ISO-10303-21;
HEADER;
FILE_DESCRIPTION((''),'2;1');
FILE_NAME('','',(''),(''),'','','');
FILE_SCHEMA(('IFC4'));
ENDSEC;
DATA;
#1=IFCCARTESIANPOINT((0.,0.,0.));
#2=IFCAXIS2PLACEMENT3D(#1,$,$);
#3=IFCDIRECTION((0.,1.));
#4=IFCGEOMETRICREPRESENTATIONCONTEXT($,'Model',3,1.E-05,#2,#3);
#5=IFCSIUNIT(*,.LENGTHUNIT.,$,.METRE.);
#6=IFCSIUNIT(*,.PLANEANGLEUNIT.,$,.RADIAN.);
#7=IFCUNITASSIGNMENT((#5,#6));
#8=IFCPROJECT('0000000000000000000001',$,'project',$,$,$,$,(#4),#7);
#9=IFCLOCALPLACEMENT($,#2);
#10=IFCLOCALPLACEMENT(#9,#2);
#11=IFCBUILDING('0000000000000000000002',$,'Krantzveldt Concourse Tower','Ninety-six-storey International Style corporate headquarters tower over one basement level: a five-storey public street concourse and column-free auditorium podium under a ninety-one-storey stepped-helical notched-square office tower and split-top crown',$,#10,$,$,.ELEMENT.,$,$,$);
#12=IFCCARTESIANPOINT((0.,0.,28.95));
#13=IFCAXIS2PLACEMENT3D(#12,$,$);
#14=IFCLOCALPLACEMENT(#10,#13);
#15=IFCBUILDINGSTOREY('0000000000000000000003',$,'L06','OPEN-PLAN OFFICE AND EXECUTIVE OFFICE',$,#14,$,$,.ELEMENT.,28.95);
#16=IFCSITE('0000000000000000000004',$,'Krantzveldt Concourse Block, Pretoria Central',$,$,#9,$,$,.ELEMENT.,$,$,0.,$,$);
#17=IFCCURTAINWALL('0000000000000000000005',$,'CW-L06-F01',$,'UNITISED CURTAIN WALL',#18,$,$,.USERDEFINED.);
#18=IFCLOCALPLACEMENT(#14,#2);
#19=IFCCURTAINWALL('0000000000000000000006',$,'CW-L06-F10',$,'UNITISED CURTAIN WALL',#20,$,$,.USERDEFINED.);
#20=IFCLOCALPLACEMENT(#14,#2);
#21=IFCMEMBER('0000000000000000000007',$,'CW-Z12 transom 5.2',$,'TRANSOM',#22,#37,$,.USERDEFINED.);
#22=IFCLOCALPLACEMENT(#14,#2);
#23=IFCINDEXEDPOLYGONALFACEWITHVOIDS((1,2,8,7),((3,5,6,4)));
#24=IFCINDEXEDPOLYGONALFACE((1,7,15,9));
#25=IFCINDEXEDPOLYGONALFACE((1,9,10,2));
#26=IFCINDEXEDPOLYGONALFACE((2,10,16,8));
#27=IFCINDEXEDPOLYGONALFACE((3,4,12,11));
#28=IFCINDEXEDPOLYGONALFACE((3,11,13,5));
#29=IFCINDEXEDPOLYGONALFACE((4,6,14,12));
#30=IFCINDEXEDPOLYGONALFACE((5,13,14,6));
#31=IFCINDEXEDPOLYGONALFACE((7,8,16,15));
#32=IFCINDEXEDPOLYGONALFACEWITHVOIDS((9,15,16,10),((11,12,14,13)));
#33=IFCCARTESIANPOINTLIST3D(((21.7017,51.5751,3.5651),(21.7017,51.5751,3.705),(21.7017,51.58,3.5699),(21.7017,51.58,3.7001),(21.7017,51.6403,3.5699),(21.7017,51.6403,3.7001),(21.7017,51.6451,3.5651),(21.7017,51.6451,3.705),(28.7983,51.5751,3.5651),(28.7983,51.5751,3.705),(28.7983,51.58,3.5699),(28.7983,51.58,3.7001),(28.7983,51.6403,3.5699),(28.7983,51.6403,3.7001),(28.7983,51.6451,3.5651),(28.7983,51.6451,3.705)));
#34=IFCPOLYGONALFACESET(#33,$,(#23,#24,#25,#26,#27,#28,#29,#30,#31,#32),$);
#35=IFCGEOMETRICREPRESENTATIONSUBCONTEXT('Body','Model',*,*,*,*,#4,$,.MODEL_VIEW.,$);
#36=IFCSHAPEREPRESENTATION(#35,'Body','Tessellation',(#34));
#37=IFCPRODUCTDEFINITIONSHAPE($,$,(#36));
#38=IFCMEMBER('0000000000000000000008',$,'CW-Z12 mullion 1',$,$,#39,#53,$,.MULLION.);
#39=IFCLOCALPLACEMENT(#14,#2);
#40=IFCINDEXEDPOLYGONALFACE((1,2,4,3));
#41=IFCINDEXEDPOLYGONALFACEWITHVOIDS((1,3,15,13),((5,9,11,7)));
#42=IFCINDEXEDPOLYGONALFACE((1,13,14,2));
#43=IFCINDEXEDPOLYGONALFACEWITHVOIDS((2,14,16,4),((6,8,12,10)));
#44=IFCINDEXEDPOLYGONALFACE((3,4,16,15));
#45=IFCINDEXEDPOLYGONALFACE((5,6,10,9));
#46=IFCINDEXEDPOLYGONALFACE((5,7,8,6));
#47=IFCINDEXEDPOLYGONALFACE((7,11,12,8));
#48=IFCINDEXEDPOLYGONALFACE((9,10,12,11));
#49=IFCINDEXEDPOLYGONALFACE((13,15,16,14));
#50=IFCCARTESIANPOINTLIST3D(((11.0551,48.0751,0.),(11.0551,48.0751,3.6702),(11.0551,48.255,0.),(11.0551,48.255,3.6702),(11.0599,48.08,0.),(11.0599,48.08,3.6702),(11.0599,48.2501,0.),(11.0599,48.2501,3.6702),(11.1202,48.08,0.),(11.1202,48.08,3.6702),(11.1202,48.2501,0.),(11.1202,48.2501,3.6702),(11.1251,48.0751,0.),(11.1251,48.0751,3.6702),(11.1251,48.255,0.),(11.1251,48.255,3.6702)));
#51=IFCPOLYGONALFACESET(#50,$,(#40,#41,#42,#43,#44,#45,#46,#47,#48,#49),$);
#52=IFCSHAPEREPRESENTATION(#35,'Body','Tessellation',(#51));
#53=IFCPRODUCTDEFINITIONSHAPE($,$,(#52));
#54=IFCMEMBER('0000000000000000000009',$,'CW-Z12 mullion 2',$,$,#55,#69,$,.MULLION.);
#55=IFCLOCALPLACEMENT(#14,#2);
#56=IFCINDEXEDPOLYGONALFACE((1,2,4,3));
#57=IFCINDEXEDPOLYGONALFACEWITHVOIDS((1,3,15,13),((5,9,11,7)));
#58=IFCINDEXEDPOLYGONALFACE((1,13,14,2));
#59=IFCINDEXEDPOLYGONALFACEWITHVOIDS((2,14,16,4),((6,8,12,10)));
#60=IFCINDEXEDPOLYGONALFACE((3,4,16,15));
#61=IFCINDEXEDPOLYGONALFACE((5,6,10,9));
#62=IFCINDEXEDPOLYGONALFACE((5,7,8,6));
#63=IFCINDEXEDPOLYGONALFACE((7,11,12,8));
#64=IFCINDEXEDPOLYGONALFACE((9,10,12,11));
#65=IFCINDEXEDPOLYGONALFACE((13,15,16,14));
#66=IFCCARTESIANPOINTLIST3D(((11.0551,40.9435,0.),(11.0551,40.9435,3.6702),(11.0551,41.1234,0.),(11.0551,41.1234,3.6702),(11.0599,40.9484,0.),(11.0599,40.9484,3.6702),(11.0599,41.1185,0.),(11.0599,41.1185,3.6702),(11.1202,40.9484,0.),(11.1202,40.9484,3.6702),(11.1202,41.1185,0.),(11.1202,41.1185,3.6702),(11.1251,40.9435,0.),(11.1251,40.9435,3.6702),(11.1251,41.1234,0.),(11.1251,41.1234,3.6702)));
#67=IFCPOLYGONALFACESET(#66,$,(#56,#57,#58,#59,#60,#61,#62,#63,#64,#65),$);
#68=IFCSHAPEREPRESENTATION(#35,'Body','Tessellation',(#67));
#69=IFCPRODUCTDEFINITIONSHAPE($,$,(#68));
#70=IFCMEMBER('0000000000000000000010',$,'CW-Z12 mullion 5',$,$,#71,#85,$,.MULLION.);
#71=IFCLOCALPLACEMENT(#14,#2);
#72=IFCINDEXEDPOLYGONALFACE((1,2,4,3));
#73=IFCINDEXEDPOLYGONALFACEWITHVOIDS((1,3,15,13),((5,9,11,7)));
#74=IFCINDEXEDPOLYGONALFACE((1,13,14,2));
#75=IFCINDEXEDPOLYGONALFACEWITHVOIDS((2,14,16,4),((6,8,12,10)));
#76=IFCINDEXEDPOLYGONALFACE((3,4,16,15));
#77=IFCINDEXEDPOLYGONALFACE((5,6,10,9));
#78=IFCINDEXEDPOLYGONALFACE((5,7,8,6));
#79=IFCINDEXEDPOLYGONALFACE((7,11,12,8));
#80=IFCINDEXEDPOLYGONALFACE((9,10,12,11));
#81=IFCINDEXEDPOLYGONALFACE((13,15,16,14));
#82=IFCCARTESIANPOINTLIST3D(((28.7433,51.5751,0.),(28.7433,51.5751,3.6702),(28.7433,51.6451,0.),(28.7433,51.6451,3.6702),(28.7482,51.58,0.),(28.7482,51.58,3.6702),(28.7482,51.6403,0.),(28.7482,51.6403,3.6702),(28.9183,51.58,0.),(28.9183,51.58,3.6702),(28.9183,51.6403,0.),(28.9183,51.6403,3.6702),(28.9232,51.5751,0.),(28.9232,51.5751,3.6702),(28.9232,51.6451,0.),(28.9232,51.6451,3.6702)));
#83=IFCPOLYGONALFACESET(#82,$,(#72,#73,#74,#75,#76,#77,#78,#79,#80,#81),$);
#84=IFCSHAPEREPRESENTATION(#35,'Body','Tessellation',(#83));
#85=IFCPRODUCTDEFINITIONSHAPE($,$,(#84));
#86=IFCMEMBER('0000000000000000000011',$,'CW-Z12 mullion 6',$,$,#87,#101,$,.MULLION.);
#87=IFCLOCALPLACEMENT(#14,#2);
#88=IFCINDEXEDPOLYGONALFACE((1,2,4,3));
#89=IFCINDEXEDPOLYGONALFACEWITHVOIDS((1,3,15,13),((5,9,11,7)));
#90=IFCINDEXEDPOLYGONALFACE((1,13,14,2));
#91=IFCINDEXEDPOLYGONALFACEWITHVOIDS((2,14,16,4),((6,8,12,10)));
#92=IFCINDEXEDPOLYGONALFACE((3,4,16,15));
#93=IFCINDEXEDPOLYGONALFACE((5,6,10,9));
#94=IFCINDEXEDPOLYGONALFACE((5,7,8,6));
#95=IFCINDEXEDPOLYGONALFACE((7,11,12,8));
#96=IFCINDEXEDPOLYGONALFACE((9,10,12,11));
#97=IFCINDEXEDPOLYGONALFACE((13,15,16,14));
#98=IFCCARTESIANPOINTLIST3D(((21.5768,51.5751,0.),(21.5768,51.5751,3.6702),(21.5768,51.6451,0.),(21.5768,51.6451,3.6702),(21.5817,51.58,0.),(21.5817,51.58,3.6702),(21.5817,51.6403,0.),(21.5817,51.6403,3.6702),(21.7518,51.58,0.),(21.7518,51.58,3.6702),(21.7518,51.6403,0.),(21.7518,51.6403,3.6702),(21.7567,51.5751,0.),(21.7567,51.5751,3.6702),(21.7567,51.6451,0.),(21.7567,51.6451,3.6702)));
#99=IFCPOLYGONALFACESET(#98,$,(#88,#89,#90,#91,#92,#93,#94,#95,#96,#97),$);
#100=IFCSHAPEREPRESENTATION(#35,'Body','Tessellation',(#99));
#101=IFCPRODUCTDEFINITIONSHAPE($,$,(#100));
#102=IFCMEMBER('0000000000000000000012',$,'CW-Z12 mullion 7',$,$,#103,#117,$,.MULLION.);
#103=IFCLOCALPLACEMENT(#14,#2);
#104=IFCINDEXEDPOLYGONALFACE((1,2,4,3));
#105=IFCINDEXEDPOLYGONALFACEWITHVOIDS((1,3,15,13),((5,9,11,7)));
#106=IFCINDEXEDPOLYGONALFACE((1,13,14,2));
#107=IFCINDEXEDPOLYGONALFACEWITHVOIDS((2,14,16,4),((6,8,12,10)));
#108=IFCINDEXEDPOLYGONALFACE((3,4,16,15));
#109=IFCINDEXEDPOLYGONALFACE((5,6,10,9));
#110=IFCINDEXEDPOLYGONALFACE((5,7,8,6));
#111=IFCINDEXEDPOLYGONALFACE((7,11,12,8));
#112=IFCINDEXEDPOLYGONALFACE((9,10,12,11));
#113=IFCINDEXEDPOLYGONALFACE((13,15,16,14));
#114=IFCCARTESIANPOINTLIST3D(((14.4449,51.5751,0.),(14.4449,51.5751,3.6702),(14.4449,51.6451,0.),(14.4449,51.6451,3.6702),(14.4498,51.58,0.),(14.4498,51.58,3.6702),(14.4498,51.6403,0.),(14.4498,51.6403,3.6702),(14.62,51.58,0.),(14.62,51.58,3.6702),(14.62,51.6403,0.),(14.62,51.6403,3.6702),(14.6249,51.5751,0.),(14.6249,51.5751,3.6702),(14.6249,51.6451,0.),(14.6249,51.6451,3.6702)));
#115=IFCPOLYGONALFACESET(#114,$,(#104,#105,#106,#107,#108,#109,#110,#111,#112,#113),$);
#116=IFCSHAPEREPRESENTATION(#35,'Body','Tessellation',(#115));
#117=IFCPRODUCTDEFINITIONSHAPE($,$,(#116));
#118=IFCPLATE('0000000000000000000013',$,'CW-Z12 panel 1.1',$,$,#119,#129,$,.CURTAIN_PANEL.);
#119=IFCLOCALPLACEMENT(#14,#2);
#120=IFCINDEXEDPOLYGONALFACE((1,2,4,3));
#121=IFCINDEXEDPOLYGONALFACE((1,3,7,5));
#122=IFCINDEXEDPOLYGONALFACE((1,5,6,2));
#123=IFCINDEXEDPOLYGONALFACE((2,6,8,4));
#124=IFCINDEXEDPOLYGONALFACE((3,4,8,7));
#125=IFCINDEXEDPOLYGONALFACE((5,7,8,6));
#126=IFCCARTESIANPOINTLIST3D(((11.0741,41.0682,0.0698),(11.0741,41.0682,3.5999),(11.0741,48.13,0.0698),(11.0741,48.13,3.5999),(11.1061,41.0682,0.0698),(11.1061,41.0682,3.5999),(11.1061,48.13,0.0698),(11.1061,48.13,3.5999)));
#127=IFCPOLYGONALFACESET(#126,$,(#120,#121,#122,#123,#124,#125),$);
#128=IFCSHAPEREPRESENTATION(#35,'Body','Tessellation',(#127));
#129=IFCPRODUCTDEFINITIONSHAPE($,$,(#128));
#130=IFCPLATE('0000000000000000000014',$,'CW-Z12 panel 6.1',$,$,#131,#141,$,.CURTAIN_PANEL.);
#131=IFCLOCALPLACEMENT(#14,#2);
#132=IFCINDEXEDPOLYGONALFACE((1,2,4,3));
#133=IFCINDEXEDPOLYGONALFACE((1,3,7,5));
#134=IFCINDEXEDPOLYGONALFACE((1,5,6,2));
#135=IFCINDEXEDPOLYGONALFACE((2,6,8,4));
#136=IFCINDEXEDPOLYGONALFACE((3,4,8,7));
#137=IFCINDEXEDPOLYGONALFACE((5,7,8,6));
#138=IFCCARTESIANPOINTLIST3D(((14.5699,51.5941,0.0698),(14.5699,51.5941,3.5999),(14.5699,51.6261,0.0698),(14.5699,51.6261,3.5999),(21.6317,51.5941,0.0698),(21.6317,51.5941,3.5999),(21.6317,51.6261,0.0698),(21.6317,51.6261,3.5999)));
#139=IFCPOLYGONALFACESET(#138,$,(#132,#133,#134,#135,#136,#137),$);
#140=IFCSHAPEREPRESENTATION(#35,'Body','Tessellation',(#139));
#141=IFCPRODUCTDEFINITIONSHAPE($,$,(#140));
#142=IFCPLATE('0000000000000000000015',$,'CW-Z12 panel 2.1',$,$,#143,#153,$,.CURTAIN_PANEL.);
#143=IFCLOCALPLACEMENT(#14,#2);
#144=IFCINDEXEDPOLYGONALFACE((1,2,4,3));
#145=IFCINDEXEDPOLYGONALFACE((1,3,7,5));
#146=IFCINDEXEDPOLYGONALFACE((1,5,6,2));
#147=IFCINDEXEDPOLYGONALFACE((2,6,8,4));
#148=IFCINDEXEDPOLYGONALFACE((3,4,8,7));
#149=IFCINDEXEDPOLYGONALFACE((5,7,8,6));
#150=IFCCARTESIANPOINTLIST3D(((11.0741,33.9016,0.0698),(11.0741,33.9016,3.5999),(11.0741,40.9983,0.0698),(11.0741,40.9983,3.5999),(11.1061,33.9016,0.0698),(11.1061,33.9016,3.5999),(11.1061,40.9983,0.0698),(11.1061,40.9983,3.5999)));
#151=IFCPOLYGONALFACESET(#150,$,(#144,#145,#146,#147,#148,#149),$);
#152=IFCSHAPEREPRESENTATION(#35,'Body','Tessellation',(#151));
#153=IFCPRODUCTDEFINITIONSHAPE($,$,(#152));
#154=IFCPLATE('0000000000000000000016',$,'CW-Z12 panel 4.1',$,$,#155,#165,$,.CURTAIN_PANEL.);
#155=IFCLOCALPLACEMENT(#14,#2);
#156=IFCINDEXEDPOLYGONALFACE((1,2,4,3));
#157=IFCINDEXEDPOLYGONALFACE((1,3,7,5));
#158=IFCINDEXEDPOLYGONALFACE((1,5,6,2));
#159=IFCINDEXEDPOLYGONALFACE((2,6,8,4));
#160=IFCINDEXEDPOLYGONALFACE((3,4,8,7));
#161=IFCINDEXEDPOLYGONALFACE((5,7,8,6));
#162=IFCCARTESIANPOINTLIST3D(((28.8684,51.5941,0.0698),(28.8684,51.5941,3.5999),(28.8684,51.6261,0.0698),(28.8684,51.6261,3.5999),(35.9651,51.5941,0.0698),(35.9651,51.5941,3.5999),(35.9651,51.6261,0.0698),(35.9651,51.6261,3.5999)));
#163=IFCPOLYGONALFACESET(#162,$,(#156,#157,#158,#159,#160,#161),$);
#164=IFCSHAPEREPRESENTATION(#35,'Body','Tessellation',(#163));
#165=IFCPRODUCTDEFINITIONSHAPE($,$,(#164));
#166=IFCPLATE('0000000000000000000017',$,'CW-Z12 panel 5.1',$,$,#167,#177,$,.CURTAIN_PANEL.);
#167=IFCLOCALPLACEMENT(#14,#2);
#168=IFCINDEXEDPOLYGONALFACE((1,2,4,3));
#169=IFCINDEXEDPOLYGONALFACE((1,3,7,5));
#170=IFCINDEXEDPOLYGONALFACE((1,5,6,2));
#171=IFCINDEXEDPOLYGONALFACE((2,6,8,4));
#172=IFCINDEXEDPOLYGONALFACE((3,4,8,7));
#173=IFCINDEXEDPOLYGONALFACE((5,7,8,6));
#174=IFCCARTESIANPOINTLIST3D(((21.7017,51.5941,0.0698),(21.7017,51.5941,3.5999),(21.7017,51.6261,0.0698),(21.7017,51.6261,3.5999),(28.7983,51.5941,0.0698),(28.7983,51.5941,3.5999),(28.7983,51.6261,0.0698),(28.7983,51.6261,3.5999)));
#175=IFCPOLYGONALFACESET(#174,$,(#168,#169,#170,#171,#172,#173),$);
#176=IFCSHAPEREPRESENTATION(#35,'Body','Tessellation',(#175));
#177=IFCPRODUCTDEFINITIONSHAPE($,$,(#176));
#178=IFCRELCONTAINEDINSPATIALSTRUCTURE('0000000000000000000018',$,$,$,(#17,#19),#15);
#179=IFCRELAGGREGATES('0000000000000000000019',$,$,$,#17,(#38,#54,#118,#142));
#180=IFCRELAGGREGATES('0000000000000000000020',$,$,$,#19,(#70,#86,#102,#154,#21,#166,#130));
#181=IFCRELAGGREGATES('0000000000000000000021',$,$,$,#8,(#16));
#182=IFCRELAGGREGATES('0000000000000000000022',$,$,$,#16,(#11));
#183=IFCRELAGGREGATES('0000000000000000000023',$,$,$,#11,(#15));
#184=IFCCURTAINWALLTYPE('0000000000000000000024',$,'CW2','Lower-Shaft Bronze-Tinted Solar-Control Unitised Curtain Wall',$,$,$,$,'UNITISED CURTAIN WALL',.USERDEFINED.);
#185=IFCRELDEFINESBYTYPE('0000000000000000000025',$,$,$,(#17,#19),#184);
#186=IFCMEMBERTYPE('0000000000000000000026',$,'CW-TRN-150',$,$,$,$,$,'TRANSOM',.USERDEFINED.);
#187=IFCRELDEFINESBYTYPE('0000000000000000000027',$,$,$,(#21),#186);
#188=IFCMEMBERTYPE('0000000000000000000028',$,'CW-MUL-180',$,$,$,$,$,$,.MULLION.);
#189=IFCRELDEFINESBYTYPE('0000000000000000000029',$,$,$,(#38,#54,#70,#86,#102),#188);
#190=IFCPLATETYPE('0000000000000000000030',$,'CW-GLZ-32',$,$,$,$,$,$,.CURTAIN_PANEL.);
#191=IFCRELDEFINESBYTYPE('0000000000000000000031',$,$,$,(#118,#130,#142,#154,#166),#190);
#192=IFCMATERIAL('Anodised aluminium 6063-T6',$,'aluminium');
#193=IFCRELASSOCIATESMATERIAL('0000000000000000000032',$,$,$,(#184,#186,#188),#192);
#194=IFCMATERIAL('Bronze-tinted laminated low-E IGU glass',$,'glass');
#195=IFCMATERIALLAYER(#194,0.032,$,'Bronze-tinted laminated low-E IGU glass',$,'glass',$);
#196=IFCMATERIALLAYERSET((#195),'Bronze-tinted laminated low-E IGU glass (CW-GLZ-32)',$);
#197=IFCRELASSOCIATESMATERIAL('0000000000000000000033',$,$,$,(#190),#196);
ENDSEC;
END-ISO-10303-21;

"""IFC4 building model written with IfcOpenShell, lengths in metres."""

from ifc_helpers import new_model, si_unit, direction, frame, origin, origin_2d, place, context, subcontext, project, spatial, rectangle, hollow_rectangle, extrude, source, transform, mapped, material, layer, layer_set, material_profile, profile_set, type_object, type_shapes, element, aggregate, save


model = new_model("IFC4")

# Units and contexts
model_context = context("Model", 3, precision=1e-05, world=origin(), true_north=direction((0.0, 1.0)))
body_context = subcontext(model_context, "Body", "Model", "MODEL_VIEW")
ifc_project = project(units=[si_unit("LENGTHUNIT", "METRE"), si_unit("PLANEANGLEUNIT", "RADIAN")], contexts=[model_context])

# Site, building, storey
site_placement = place(None, origin())
site = spatial("IfcSite", under=ifc_project, at=site_placement, Name="Krantzveldt Concourse Block, Pretoria Central", CompositionType="ELEMENT", RefElevation=0.0)
building_placement = place(site_placement, origin())
building = spatial("IfcBuilding", under=site, at=building_placement, Name="Krantzveldt Concourse Tower", Description="Ninety-six-storey International Style corporate headquarters tower over one basement level: a five-storey public street concourse and column-free auditorium podium under a ninety-one-storey stepped-helical notched-square office tower and split-top crown", CompositionType="ELEMENT")
storey_placement = place(building_placement, frame((0.0, 0.0, 28.95)))
storey = spatial("IfcBuildingStorey", under=building, at=storey_placement, Name="L06", Description="OPEN-PLAN OFFICE AND EXECUTIVE OFFICE", CompositionType="ELEMENT", Elevation=28.95)

# Curtain walls
ifc_material_1 = material(Name="Anodised aluminium 6063-T6", Category="aluminium")
curtain_wall_type = type_object("IfcCurtainWallType", Name="CW2", Description="Lower-Shaft Bronze-Tinted Solar-Control Unitised Curtain Wall", ElementType="UNITISED CURTAIN WALL", PredefinedType="USERDEFINED", material=ifc_material_1)
curtain_wall_1_placement = place(storey_placement, origin())
curtain_wall_1 = element("IfcCurtainWall", 1, at=curtain_wall_1_placement, inside=storey, type_object=curtain_wall_type, Name="CW-L06-F01", ObjectType="UNITISED CURTAIN WALL", PredefinedType="USERDEFINED")
ifc_material_profile_1 = material_profile(ifc_material_1, hollow_rectangle(XDim=0.0701, YDim=0.1399, WallThickness=0.0049, at=origin_2d()), Name="Anodised aluminium 6063-T6", Category="aluminium")
ifc_profile_set_1 = profile_set([ifc_material_profile_1], Name="Anodised aluminium 6063-T6 - ALU-TRAN 140x70x5")
member_type_1 = type_object("IfcMemberType", Name="CW-TRN-150", ElementType="TRANSOM", PredefinedType="USERDEFINED", material=ifc_profile_set_1)
curtain_wall_2_placement = place(storey_placement, origin())
curtain_wall_2 = element("IfcCurtainWall", 2, at=curtain_wall_2_placement, inside=storey, type_object=curtain_wall_type, Name="CW-L06-F10", ObjectType="UNITISED CURTAIN WALL", PredefinedType="USERDEFINED")

# Members
shared_shape_1 = source(origin(), body_context, "Body", "SweptSolid", [
    extrude(hollow_rectangle(XDim=0.0701, YDim=0.1399, WallThickness=0.0049, at=origin_2d()), origin(), (0.0, 0.0, 1.0), 7.0967),
])
member_1_placement = place(storey_placement, frame((28.7983, 51.6101, 3.635), z_axis=(-1.0, 0.0, 0.0), x_axis=(0.0, -1.0, 0.0)))
member_1 = element("IfcMember", 3, at=member_1_placement, type_object=member_type_1, Name="CW-Z12 transom 5.2", ObjectType="TRANSOM", PredefinedType="USERDEFINED", context=body_context, shape_type="MappedRepresentation", body=[
    mapped(shared_shape_1, transform((0.0, 0.0, 0.0), x_axis=(1.0, 0.0, 0.0), y_axis=(0.0, 1.0, 0.0), z_axis=(0.0, 0.0, 1.0), scale=1.0)),
])
ifc_material_profile_2 = material_profile(ifc_material_1, hollow_rectangle(XDim=0.0701, YDim=0.1799, WallThickness=0.0049, at=origin_2d()), Name="Anodised aluminium 6063-T6", Category="aluminium")
ifc_profile_set_2 = profile_set([ifc_material_profile_2], Name="Anodised aluminium 6063-T6 - ALU-MULL 180x70x5")
member_type_2 = type_object("IfcMemberType", Name="CW-MUL-180", PredefinedType="MULLION", material=ifc_profile_set_2)
shared_shape_2 = source(origin(), body_context, "Body", "SweptSolid", [
    extrude(hollow_rectangle(XDim=0.0701, YDim=0.1799, WallThickness=0.0049, at=origin_2d()), origin(), (0.0, 0.0, 1.0), 3.6702),
])
type_shapes(member_type_2, [shared_shape_2])
member_2_placement = place(storey_placement, frame((11.0901, 48.165, 0.0), z_axis=(0.0, 0.0, 1.0), x_axis=(1.0, 0.0, 0.0)))
member_2 = element("IfcMember", 4, at=member_2_placement, type_object=member_type_2, Name="CW-Z12 mullion 1", PredefinedType="MULLION", context=body_context, shape_type="MappedRepresentation", body=[
    mapped(shared_shape_2, transform((0.0, 0.0, 0.0), x_axis=(1.0, 0.0, 0.0), y_axis=(0.0, 1.0, 0.0), z_axis=(0.0, 0.0, 1.0), scale=1.0)),
])
member_3_placement = place(storey_placement, frame((11.0901, 41.0334, 0.0), z_axis=(0.0, 0.0, 1.0), x_axis=(1.0, 0.0, 0.0)))
member_3 = element("IfcMember", 5, at=member_3_placement, type_object=member_type_2, Name="CW-Z12 mullion 2", PredefinedType="MULLION", context=body_context, shape_type="MappedRepresentation", body=[
    mapped(shared_shape_2, transform((0.0, 0.0, 0.0), x_axis=(1.0, 0.0, 0.0), y_axis=(0.0, 1.0, 0.0), z_axis=(0.0, 0.0, 1.0), scale=1.0)),
])
member_4_placement = place(storey_placement, frame((28.8333, 51.6101, 0.0), z_axis=(0.0, 0.0, 1.0), x_axis=(0.0, -1.0, 0.0)))
member_4 = element("IfcMember", 6, at=member_4_placement, type_object=member_type_2, Name="CW-Z12 mullion 5", PredefinedType="MULLION", context=body_context, shape_type="MappedRepresentation", body=[
    mapped(shared_shape_2, transform((0.0, 0.0, 0.0), x_axis=(1.0, 0.0, 0.0), y_axis=(0.0, 1.0, 0.0), z_axis=(0.0, 0.0, 1.0), scale=1.0)),
])
member_5_placement = place(storey_placement, frame((21.6667, 51.6101, 0.0), z_axis=(0.0, 0.0, 1.0), x_axis=(0.0, -1.0, 0.0)))
member_5 = element("IfcMember", 7, at=member_5_placement, type_object=member_type_2, Name="CW-Z12 mullion 6", PredefinedType="MULLION", context=body_context, shape_type="MappedRepresentation", body=[
    mapped(shared_shape_2, transform((0.0, 0.0, 0.0), x_axis=(1.0, 0.0, 0.0), y_axis=(0.0, 1.0, 0.0), z_axis=(0.0, 0.0, 1.0), scale=1.0)),
])
member_6_placement = place(storey_placement, frame((14.5349, 51.6101, 0.0), z_axis=(0.0, 0.0, 1.0), x_axis=(0.0, -1.0, 0.0)))
member_6 = element("IfcMember", 8, at=member_6_placement, type_object=member_type_2, Name="CW-Z12 mullion 7", PredefinedType="MULLION", context=body_context, shape_type="MappedRepresentation", body=[
    mapped(shared_shape_2, transform((0.0, 0.0, 0.0), x_axis=(1.0, 0.0, 0.0), y_axis=(0.0, 1.0, 0.0), z_axis=(0.0, 0.0, 1.0), scale=1.0)),
])

# Plates
ifc_material_2 = material(Name="Bronze-tinted laminated low-E IGU glass", Category="glass")
ifc_layer_1 = layer(ifc_material_2, 0.032, Name="Bronze-tinted laminated low-E IGU glass", Category="glass")
ifc_layer_set_1 = layer_set([ifc_layer_1], Name="Bronze-tinted laminated low-E IGU glass (CW-GLZ-32)")
plate_type = type_object("IfcPlateType", Name="CW-GLZ-32", PredefinedType="CURTAIN_PANEL", material=ifc_layer_set_1)
shared_shape_3 = source(origin(), body_context, "Body", "SweptSolid", [
    extrude(rectangle(XDim=7.0618, YDim=0.032, at=origin_2d()), origin(), (0.0, 0.0, 1.0), 3.53),
])
plate_1_placement = place(storey_placement, frame((11.0901, 44.5991, 0.0698), z_axis=(0.0, 0.0, 1.0), x_axis=(0.0, -1.0, 0.0)))
plate_1 = element("IfcPlate", 9, at=plate_1_placement, type_object=plate_type, Name="CW-Z12 panel 1.1", PredefinedType="CURTAIN_PANEL", context=body_context, shape_type="MappedRepresentation", body=[
    mapped(shared_shape_3, transform((0.0, 0.0, 0.0), x_axis=(1.0, 0.0, 0.0), y_axis=(0.0, 1.0, 0.0), z_axis=(0.0, 0.0, 1.0), scale=1.0)),
])
plate_2_placement = place(storey_placement, frame((18.1008, 51.6101, 0.0698), z_axis=(0.0, 0.0, 1.0), x_axis=(-1.0, 0.0, 0.0)))
plate_2 = element("IfcPlate", 10, at=plate_2_placement, type_object=plate_type, Name="CW-Z12 panel 6.1", PredefinedType="CURTAIN_PANEL", context=body_context, shape_type="MappedRepresentation", body=[
    mapped(shared_shape_3, transform((0.0, 0.0, 0.0), x_axis=(1.0, 0.0, 0.0), y_axis=(0.0, 1.0, 0.0), z_axis=(0.0, 0.0, 1.0), scale=1.0)),
])
shared_shape_4 = source(origin(), body_context, "Body", "SweptSolid", [
    extrude(rectangle(XDim=7.0967, YDim=0.032, at=origin_2d()), origin(), (0.0, 0.0, 1.0), 3.53),
])
type_shapes(plate_type, [shared_shape_3, shared_shape_4])
plate_3_placement = place(storey_placement, frame((11.0901, 37.45, 0.0698), z_axis=(0.0, 0.0, 1.0), x_axis=(0.0, -1.0, 0.0)))
plate_3 = element("IfcPlate", 11, at=plate_3_placement, type_object=plate_type, Name="CW-Z12 panel 2.1", PredefinedType="CURTAIN_PANEL", context=body_context, shape_type="MappedRepresentation", body=[
    mapped(shared_shape_4, transform((0.0, 0.0, 0.0), x_axis=(1.0, 0.0, 0.0), y_axis=(0.0, 1.0, 0.0), z_axis=(0.0, 0.0, 1.0), scale=1.0)),
])
aggregate(curtain_wall_1, [member_2, member_3, plate_1, plate_3])
plate_4_placement = place(storey_placement, frame((32.4167, 51.6101, 0.0698), z_axis=(0.0, 0.0, 1.0), x_axis=(-1.0, 0.0, 0.0)))
plate_4 = element("IfcPlate", 12, at=plate_4_placement, type_object=plate_type, Name="CW-Z12 panel 4.1", PredefinedType="CURTAIN_PANEL", context=body_context, shape_type="MappedRepresentation", body=[
    mapped(shared_shape_4, transform((0.0, 0.0, 0.0), x_axis=(1.0, 0.0, 0.0), y_axis=(0.0, 1.0, 0.0), z_axis=(0.0, 0.0, 1.0), scale=1.0)),
])
plate_5_placement = place(storey_placement, frame((25.25, 51.6101, 0.0698), z_axis=(0.0, 0.0, 1.0), x_axis=(-1.0, 0.0, 0.0)))
plate_5 = element("IfcPlate", 13, at=plate_5_placement, type_object=plate_type, Name="CW-Z12 panel 5.1", PredefinedType="CURTAIN_PANEL", context=body_context, shape_type="MappedRepresentation", body=[
    mapped(shared_shape_4, transform((0.0, 0.0, 0.0), x_axis=(1.0, 0.0, 0.0), y_axis=(0.0, 1.0, 0.0), z_axis=(0.0, 0.0, 1.0), scale=1.0)),
])
aggregate(curtain_wall_2, [member_4, member_5, member_6, plate_4, member_1, plate_5, plate_2])

save(model, "model.ifc")
